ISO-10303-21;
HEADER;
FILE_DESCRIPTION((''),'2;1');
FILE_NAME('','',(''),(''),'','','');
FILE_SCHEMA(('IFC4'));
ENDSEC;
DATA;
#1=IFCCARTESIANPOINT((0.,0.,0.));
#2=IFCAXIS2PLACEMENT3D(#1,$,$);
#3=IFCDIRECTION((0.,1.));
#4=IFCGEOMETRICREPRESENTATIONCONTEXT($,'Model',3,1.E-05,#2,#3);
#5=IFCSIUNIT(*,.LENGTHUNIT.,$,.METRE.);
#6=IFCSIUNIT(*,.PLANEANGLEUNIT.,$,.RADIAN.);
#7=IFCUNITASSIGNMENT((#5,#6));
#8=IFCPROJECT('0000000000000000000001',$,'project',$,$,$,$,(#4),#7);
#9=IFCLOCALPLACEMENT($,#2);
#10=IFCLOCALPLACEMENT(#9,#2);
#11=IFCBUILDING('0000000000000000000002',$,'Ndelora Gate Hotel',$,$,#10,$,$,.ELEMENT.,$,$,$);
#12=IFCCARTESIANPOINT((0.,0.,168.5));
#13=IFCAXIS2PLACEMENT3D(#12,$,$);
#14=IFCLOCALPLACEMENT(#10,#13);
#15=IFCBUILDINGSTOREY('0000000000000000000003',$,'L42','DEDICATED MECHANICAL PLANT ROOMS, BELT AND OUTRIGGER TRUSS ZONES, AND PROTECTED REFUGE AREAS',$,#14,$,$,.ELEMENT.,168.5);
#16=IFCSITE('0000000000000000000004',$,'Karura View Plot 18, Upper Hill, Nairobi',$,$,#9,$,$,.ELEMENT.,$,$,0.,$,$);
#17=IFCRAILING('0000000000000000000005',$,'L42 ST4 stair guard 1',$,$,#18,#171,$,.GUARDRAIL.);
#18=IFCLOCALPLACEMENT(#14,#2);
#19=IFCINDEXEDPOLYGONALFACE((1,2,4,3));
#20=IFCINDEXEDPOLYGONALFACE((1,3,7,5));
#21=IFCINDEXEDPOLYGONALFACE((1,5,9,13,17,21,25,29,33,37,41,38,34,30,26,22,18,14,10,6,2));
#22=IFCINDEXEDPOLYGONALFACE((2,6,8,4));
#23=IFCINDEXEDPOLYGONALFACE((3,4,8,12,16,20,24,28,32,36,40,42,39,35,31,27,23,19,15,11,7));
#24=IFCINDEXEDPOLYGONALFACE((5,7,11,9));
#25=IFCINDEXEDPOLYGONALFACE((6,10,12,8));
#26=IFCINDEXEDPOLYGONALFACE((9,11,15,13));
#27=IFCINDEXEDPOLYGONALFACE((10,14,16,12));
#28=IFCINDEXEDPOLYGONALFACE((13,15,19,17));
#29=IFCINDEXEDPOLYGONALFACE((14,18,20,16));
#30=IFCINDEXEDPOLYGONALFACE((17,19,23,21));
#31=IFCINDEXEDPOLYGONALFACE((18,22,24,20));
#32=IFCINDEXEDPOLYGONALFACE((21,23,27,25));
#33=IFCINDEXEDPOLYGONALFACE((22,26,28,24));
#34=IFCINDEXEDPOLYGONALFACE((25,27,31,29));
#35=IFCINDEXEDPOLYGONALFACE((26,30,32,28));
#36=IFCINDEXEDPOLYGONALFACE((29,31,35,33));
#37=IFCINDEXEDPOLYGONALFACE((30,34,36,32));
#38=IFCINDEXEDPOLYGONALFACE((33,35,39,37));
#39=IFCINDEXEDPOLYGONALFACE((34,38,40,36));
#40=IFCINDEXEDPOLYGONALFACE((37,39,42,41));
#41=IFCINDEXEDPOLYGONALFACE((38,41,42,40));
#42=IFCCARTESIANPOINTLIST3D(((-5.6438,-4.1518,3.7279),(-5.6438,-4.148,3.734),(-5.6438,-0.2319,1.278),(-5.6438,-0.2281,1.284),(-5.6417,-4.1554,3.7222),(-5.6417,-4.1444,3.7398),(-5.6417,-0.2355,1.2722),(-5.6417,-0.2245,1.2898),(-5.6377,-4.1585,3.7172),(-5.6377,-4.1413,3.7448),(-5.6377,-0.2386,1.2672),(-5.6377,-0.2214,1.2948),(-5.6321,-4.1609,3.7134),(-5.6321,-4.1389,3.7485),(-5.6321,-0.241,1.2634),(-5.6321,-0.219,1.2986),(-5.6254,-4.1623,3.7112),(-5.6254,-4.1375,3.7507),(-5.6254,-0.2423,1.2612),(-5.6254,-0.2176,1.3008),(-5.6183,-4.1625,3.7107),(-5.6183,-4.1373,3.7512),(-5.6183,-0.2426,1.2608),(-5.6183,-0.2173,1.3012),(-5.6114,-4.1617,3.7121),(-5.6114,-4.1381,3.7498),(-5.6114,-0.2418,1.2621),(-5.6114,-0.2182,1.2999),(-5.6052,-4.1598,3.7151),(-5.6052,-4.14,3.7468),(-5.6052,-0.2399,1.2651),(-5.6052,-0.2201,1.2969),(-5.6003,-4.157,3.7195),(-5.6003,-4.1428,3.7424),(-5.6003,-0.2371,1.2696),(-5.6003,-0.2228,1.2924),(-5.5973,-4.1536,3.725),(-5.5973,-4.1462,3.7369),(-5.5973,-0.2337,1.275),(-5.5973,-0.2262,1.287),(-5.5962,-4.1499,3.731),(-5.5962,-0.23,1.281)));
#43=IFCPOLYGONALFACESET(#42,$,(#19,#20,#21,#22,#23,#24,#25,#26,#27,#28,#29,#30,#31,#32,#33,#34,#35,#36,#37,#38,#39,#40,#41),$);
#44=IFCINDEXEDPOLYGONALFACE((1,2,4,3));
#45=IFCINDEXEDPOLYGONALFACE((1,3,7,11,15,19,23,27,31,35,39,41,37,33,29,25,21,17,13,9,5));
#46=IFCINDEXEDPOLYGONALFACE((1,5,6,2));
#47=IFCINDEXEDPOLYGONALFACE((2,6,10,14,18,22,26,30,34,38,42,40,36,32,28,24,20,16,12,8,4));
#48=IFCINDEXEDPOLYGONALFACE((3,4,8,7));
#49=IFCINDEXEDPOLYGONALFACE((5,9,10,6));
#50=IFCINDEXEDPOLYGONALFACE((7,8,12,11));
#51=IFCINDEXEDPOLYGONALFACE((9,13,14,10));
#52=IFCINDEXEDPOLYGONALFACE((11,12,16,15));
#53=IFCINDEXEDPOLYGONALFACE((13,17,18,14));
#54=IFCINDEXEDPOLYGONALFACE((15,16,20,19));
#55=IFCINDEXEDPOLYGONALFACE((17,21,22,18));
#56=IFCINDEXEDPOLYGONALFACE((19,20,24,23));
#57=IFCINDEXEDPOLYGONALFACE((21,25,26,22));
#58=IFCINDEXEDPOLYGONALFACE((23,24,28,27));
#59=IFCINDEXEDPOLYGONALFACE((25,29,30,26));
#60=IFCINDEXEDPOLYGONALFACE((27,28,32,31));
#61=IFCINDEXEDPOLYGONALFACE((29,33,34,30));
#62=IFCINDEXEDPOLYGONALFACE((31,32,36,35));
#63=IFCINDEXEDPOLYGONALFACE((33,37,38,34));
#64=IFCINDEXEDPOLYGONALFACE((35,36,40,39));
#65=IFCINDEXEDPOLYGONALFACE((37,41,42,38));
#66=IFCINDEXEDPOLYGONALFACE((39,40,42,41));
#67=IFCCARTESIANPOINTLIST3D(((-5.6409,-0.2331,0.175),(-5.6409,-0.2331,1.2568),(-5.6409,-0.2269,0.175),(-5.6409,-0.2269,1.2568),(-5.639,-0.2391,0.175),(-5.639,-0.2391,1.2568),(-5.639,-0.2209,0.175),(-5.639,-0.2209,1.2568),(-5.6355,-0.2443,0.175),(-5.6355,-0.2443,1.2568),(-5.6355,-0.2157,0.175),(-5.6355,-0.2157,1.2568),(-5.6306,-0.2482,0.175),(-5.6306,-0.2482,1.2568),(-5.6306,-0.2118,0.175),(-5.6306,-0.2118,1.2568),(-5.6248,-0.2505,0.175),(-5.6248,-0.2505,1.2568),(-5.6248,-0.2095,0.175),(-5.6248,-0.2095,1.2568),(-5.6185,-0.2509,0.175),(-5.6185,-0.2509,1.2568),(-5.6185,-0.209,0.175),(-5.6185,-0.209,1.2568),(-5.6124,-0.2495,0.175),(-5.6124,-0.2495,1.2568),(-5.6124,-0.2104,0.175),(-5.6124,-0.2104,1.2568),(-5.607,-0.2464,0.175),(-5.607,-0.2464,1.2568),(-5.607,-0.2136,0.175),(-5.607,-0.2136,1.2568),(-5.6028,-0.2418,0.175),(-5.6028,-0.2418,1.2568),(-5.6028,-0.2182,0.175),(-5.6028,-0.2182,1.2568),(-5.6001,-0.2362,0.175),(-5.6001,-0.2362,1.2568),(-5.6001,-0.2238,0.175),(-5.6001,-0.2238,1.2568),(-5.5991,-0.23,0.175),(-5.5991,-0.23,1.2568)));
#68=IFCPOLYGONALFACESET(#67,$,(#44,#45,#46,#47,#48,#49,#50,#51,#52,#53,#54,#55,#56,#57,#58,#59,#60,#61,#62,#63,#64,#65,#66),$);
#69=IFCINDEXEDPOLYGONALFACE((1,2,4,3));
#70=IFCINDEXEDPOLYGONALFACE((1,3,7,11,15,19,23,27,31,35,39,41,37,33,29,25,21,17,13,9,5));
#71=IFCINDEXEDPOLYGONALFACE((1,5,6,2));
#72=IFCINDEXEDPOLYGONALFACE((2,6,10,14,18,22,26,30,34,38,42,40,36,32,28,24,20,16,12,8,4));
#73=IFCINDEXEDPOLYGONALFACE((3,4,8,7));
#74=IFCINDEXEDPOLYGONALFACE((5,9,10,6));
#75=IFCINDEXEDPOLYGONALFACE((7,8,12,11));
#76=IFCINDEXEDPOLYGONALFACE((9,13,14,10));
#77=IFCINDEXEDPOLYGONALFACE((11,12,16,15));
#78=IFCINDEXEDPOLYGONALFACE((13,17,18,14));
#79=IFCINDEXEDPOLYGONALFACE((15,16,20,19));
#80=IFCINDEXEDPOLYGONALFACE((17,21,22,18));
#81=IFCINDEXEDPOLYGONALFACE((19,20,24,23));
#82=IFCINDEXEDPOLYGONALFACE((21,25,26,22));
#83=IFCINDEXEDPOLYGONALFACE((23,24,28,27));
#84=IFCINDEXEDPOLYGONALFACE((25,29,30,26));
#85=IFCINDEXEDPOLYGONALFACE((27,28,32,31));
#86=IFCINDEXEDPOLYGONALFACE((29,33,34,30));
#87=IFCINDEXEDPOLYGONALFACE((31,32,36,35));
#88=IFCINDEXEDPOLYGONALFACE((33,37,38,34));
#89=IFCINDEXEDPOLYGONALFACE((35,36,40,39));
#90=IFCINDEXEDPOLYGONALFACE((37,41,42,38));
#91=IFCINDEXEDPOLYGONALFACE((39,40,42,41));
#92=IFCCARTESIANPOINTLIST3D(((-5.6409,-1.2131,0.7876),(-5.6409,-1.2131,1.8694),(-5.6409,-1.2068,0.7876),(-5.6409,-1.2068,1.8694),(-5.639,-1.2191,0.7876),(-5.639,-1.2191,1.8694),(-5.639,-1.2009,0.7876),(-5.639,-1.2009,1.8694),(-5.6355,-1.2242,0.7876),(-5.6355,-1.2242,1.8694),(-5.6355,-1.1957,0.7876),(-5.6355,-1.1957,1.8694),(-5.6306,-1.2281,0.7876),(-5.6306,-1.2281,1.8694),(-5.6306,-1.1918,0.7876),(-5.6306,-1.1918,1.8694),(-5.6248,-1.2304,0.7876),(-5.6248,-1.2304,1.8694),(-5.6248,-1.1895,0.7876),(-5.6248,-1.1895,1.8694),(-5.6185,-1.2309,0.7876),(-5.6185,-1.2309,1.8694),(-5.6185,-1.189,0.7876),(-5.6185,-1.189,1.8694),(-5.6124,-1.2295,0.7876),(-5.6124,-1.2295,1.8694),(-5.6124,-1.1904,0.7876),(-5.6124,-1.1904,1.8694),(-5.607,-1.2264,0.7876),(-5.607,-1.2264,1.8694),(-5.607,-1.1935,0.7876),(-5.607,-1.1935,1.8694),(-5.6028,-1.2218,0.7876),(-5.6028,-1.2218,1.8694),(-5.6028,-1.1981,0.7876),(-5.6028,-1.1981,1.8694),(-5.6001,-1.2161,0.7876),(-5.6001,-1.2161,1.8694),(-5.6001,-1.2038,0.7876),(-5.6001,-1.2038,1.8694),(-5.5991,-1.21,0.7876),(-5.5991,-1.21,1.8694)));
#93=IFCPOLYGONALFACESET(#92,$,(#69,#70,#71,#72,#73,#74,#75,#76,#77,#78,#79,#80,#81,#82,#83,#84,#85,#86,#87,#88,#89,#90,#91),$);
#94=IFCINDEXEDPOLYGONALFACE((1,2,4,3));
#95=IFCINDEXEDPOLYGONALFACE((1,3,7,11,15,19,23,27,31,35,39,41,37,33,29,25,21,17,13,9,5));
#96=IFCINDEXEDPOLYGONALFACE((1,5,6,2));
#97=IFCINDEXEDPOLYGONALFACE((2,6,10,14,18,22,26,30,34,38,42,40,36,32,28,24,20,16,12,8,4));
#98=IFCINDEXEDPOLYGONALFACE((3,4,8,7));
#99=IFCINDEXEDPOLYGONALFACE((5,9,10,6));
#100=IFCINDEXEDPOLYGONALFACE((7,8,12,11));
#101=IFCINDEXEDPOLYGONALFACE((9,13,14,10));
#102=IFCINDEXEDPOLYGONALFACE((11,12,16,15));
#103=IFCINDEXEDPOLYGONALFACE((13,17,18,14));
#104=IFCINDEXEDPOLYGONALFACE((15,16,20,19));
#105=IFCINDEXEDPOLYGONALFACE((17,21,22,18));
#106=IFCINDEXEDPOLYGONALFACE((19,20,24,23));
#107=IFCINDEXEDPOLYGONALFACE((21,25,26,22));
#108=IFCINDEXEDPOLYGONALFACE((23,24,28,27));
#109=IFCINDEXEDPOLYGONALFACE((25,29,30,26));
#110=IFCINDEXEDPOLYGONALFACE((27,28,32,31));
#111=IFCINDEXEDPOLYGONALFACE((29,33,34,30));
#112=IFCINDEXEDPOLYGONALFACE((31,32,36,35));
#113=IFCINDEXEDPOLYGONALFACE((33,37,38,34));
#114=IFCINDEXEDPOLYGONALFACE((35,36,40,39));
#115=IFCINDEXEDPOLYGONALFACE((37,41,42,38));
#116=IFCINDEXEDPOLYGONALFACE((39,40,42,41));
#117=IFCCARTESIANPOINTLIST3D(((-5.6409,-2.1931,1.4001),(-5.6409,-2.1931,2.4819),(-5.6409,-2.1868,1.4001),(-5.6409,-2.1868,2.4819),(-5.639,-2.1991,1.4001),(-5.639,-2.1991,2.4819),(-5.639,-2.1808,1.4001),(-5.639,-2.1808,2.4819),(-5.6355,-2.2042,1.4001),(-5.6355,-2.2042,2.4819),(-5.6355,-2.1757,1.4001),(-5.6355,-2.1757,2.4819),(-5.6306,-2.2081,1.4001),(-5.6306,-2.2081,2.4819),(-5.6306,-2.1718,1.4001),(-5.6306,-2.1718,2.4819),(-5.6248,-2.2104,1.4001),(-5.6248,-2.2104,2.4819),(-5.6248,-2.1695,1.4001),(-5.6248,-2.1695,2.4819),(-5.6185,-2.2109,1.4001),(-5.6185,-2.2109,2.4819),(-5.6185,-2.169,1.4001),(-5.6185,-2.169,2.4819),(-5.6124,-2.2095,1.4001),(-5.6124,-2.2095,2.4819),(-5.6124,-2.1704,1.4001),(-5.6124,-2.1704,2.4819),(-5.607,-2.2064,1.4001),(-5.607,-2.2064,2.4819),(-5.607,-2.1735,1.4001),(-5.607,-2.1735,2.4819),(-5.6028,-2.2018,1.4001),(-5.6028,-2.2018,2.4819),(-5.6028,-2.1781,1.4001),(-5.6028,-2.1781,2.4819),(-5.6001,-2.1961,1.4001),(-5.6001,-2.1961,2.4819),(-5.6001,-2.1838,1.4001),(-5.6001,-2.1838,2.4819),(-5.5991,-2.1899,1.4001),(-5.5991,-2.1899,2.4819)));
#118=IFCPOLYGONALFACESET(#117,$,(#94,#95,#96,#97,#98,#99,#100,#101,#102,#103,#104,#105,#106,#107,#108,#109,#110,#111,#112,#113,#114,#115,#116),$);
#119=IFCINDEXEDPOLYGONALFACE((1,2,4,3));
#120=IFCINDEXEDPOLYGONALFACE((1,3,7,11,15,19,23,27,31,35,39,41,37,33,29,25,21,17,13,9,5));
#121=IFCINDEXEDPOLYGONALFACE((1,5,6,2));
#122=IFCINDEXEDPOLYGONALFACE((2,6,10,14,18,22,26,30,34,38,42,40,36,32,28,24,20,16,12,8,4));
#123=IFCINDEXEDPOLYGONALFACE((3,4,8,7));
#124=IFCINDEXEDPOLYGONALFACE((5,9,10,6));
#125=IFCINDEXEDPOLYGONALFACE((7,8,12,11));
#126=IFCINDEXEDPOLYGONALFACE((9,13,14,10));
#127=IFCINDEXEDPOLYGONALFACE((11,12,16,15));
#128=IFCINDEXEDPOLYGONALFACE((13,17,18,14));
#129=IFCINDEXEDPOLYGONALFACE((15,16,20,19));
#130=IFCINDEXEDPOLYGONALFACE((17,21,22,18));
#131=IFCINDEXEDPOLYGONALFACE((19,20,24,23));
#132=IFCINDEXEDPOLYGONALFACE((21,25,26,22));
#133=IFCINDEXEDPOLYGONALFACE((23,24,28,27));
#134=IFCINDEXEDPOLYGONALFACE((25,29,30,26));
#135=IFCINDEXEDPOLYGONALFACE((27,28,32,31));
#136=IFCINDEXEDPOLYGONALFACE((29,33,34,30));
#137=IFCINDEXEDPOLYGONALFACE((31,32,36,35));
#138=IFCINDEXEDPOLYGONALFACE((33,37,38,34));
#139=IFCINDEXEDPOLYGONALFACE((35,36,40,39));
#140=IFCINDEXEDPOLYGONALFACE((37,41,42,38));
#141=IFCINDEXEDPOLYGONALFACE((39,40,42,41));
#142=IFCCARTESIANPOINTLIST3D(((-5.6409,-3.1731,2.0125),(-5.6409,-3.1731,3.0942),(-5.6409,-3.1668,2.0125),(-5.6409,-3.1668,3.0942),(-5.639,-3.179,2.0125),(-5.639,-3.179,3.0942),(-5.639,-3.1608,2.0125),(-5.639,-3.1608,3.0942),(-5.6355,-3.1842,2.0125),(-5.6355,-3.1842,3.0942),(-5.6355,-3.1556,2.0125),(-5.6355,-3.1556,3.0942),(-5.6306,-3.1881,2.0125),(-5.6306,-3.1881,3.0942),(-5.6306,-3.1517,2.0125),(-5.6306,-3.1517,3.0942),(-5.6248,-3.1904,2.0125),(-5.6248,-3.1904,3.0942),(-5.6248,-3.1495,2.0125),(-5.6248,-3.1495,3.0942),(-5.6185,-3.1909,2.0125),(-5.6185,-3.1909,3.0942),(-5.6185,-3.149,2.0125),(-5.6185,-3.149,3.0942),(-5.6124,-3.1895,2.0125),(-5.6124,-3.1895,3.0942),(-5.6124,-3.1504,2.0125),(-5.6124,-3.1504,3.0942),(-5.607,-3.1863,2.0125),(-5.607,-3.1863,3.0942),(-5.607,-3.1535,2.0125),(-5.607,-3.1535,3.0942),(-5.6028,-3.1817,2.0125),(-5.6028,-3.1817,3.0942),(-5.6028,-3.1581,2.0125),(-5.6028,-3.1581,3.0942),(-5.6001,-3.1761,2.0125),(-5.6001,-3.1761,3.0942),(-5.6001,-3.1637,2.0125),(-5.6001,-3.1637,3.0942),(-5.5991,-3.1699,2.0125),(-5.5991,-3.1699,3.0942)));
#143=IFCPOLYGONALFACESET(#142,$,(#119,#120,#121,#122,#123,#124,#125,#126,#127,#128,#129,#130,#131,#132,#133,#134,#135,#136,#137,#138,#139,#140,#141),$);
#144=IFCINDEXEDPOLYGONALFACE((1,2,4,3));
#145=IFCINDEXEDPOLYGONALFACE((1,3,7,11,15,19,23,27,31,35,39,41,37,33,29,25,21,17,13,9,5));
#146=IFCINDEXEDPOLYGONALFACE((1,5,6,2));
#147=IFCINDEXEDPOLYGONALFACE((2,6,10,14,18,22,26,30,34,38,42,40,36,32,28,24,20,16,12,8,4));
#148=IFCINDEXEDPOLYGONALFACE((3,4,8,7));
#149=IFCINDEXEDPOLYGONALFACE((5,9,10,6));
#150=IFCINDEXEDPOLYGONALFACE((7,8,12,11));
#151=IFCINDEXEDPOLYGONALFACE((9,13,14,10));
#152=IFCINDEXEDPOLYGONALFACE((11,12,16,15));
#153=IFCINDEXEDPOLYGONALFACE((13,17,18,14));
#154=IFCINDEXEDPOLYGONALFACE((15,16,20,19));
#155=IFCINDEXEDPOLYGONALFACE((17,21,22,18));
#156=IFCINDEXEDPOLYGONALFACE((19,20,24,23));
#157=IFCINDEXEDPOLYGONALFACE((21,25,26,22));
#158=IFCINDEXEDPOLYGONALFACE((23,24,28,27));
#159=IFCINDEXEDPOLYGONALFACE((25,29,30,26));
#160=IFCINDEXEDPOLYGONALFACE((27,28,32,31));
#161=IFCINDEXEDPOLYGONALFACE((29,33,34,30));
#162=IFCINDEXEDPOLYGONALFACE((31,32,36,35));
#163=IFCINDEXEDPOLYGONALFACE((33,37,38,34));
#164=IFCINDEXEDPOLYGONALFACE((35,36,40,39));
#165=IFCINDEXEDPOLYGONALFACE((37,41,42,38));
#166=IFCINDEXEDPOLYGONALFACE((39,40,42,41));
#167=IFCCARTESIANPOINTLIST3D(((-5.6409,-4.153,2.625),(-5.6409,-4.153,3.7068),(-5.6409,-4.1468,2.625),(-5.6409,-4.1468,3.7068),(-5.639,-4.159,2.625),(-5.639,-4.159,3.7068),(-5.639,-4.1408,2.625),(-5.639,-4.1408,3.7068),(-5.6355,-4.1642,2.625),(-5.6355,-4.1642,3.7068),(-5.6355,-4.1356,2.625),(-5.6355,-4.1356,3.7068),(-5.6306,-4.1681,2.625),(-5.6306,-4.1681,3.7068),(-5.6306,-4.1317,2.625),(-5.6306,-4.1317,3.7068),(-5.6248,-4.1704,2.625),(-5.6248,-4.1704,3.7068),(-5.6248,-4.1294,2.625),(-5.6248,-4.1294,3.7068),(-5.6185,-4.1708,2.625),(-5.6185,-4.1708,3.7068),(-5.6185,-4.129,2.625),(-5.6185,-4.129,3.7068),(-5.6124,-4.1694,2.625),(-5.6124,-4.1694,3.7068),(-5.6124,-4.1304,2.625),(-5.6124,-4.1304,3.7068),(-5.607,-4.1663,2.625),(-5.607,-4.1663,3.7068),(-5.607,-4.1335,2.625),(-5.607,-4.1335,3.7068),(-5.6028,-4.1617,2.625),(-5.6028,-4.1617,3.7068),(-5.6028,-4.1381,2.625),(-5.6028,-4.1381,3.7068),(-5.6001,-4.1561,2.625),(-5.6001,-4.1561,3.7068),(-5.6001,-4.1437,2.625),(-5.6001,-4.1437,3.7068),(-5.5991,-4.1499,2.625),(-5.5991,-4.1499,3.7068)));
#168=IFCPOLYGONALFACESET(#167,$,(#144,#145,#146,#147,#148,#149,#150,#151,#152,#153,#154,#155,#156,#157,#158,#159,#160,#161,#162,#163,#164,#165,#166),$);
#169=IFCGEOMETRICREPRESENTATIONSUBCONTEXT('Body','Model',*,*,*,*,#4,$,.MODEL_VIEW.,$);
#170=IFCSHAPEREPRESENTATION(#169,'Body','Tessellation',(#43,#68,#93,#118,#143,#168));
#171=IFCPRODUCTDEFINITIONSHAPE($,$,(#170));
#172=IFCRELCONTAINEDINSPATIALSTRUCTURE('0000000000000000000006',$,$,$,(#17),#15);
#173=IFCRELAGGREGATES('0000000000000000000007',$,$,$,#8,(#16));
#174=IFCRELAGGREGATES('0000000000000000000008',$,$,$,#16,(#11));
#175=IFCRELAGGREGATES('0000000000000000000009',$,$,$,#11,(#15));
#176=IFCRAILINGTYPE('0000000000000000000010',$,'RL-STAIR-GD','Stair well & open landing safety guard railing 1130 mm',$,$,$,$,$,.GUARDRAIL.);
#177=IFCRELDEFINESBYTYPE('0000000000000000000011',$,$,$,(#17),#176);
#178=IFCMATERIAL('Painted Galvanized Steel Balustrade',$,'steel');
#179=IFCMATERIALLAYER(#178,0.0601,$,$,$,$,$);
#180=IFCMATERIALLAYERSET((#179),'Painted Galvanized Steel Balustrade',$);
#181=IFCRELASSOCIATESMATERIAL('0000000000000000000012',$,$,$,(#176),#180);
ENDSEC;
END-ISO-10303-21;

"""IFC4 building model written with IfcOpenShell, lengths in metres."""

from ifc_helpers import new_model, si_unit, direction, frame, origin, origin_2d, place, context, subcontext, project, spatial, circle, extrude, material, layer, layer_set, type_object, element, save


model = new_model("IFC4")

# Units and contexts
model_context = context("Model", 3, precision=1e-05, world=origin(), true_north=direction((0.0, 1.0)))
body_context = subcontext(model_context, "Body", "Model", "MODEL_VIEW")
ifc_project = project(units=[si_unit("LENGTHUNIT", "METRE"), si_unit("PLANEANGLEUNIT", "RADIAN")], contexts=[model_context])

# Site, building, storey
site_placement = place(None, origin())
site = spatial("IfcSite", under=ifc_project, at=site_placement, Name="Karura View Plot 18, Upper Hill, Nairobi", CompositionType="ELEMENT", RefElevation=0.0)
building_placement = place(site_placement, origin())
building = spatial("IfcBuilding", under=site, at=building_placement, Name="Ndelora Gate Hotel", CompositionType="ELEMENT")
storey_placement = place(building_placement, frame((0.0, 0.0, 168.5)))
storey = spatial("IfcBuildingStorey", under=building, at=storey_placement, Name="L42", Description="DEDICATED MECHANICAL PLANT ROOMS, BELT AND OUTRIGGER TRUSS ZONES, AND PROTECTED REFUGE AREAS", CompositionType="ELEMENT", Elevation=168.5)

# Railing
ifc_material_1 = material(Name="Painted Galvanized Steel Balustrade", Category="steel")
ifc_layer_1 = layer(ifc_material_1, 0.0601)
ifc_layer_set_1 = layer_set([ifc_layer_1], Name="Painted Galvanized Steel Balustrade")
railing_type = type_object("IfcRailingType", Name="RL-STAIR-GD", Description="Stair well & open landing safety guard railing 1130 mm", PredefinedType="GUARDRAIL", material=ifc_layer_set_1)
railing_1_placement = place(storey_placement, frame((-5.6201, -0.23, 0.175)))
element("IfcRailing", 1, at=railing_1_placement, inside=storey, type_object=railing_type, Name="L42 ST4 stair guard 1", PredefinedType="GUARDRAIL", context=body_context, shape_type="SweptSolid", body=[
    extrude(circle(Radius=0.0239, at=origin_2d()), frame((0.0, 0.0, 1.106), z_axis=(0.0, -0.847998, 0.529999), x_axis=(1.0, 0.0, 0.0)), (0.0, 0.0, 1.0), 4.6226),
    extrude(circle(Radius=0.021, at=origin_2d()), origin(), (0.0, 0.0, 1.0), 1.0818),
    extrude(circle(Radius=0.021, at=origin_2d()), frame((0.0, -0.98, 0.6125)), (0.0, 0.0, 1.0), 1.0818),
    extrude(circle(Radius=0.021, at=origin_2d()), frame((0.0, -1.96, 1.2251)), (0.0, 0.0, 1.0), 1.0818),
    extrude(circle(Radius=0.021, at=origin_2d()), frame((0.0, -2.9399, 1.8374)), (0.0, 0.0, 1.0), 1.0818),
    extrude(circle(Radius=0.021, at=origin_2d()), frame((0.0, -3.9199, 2.45)), (0.0, 0.0, 1.0), 1.0818),
])

save(model, "model.ifc")
